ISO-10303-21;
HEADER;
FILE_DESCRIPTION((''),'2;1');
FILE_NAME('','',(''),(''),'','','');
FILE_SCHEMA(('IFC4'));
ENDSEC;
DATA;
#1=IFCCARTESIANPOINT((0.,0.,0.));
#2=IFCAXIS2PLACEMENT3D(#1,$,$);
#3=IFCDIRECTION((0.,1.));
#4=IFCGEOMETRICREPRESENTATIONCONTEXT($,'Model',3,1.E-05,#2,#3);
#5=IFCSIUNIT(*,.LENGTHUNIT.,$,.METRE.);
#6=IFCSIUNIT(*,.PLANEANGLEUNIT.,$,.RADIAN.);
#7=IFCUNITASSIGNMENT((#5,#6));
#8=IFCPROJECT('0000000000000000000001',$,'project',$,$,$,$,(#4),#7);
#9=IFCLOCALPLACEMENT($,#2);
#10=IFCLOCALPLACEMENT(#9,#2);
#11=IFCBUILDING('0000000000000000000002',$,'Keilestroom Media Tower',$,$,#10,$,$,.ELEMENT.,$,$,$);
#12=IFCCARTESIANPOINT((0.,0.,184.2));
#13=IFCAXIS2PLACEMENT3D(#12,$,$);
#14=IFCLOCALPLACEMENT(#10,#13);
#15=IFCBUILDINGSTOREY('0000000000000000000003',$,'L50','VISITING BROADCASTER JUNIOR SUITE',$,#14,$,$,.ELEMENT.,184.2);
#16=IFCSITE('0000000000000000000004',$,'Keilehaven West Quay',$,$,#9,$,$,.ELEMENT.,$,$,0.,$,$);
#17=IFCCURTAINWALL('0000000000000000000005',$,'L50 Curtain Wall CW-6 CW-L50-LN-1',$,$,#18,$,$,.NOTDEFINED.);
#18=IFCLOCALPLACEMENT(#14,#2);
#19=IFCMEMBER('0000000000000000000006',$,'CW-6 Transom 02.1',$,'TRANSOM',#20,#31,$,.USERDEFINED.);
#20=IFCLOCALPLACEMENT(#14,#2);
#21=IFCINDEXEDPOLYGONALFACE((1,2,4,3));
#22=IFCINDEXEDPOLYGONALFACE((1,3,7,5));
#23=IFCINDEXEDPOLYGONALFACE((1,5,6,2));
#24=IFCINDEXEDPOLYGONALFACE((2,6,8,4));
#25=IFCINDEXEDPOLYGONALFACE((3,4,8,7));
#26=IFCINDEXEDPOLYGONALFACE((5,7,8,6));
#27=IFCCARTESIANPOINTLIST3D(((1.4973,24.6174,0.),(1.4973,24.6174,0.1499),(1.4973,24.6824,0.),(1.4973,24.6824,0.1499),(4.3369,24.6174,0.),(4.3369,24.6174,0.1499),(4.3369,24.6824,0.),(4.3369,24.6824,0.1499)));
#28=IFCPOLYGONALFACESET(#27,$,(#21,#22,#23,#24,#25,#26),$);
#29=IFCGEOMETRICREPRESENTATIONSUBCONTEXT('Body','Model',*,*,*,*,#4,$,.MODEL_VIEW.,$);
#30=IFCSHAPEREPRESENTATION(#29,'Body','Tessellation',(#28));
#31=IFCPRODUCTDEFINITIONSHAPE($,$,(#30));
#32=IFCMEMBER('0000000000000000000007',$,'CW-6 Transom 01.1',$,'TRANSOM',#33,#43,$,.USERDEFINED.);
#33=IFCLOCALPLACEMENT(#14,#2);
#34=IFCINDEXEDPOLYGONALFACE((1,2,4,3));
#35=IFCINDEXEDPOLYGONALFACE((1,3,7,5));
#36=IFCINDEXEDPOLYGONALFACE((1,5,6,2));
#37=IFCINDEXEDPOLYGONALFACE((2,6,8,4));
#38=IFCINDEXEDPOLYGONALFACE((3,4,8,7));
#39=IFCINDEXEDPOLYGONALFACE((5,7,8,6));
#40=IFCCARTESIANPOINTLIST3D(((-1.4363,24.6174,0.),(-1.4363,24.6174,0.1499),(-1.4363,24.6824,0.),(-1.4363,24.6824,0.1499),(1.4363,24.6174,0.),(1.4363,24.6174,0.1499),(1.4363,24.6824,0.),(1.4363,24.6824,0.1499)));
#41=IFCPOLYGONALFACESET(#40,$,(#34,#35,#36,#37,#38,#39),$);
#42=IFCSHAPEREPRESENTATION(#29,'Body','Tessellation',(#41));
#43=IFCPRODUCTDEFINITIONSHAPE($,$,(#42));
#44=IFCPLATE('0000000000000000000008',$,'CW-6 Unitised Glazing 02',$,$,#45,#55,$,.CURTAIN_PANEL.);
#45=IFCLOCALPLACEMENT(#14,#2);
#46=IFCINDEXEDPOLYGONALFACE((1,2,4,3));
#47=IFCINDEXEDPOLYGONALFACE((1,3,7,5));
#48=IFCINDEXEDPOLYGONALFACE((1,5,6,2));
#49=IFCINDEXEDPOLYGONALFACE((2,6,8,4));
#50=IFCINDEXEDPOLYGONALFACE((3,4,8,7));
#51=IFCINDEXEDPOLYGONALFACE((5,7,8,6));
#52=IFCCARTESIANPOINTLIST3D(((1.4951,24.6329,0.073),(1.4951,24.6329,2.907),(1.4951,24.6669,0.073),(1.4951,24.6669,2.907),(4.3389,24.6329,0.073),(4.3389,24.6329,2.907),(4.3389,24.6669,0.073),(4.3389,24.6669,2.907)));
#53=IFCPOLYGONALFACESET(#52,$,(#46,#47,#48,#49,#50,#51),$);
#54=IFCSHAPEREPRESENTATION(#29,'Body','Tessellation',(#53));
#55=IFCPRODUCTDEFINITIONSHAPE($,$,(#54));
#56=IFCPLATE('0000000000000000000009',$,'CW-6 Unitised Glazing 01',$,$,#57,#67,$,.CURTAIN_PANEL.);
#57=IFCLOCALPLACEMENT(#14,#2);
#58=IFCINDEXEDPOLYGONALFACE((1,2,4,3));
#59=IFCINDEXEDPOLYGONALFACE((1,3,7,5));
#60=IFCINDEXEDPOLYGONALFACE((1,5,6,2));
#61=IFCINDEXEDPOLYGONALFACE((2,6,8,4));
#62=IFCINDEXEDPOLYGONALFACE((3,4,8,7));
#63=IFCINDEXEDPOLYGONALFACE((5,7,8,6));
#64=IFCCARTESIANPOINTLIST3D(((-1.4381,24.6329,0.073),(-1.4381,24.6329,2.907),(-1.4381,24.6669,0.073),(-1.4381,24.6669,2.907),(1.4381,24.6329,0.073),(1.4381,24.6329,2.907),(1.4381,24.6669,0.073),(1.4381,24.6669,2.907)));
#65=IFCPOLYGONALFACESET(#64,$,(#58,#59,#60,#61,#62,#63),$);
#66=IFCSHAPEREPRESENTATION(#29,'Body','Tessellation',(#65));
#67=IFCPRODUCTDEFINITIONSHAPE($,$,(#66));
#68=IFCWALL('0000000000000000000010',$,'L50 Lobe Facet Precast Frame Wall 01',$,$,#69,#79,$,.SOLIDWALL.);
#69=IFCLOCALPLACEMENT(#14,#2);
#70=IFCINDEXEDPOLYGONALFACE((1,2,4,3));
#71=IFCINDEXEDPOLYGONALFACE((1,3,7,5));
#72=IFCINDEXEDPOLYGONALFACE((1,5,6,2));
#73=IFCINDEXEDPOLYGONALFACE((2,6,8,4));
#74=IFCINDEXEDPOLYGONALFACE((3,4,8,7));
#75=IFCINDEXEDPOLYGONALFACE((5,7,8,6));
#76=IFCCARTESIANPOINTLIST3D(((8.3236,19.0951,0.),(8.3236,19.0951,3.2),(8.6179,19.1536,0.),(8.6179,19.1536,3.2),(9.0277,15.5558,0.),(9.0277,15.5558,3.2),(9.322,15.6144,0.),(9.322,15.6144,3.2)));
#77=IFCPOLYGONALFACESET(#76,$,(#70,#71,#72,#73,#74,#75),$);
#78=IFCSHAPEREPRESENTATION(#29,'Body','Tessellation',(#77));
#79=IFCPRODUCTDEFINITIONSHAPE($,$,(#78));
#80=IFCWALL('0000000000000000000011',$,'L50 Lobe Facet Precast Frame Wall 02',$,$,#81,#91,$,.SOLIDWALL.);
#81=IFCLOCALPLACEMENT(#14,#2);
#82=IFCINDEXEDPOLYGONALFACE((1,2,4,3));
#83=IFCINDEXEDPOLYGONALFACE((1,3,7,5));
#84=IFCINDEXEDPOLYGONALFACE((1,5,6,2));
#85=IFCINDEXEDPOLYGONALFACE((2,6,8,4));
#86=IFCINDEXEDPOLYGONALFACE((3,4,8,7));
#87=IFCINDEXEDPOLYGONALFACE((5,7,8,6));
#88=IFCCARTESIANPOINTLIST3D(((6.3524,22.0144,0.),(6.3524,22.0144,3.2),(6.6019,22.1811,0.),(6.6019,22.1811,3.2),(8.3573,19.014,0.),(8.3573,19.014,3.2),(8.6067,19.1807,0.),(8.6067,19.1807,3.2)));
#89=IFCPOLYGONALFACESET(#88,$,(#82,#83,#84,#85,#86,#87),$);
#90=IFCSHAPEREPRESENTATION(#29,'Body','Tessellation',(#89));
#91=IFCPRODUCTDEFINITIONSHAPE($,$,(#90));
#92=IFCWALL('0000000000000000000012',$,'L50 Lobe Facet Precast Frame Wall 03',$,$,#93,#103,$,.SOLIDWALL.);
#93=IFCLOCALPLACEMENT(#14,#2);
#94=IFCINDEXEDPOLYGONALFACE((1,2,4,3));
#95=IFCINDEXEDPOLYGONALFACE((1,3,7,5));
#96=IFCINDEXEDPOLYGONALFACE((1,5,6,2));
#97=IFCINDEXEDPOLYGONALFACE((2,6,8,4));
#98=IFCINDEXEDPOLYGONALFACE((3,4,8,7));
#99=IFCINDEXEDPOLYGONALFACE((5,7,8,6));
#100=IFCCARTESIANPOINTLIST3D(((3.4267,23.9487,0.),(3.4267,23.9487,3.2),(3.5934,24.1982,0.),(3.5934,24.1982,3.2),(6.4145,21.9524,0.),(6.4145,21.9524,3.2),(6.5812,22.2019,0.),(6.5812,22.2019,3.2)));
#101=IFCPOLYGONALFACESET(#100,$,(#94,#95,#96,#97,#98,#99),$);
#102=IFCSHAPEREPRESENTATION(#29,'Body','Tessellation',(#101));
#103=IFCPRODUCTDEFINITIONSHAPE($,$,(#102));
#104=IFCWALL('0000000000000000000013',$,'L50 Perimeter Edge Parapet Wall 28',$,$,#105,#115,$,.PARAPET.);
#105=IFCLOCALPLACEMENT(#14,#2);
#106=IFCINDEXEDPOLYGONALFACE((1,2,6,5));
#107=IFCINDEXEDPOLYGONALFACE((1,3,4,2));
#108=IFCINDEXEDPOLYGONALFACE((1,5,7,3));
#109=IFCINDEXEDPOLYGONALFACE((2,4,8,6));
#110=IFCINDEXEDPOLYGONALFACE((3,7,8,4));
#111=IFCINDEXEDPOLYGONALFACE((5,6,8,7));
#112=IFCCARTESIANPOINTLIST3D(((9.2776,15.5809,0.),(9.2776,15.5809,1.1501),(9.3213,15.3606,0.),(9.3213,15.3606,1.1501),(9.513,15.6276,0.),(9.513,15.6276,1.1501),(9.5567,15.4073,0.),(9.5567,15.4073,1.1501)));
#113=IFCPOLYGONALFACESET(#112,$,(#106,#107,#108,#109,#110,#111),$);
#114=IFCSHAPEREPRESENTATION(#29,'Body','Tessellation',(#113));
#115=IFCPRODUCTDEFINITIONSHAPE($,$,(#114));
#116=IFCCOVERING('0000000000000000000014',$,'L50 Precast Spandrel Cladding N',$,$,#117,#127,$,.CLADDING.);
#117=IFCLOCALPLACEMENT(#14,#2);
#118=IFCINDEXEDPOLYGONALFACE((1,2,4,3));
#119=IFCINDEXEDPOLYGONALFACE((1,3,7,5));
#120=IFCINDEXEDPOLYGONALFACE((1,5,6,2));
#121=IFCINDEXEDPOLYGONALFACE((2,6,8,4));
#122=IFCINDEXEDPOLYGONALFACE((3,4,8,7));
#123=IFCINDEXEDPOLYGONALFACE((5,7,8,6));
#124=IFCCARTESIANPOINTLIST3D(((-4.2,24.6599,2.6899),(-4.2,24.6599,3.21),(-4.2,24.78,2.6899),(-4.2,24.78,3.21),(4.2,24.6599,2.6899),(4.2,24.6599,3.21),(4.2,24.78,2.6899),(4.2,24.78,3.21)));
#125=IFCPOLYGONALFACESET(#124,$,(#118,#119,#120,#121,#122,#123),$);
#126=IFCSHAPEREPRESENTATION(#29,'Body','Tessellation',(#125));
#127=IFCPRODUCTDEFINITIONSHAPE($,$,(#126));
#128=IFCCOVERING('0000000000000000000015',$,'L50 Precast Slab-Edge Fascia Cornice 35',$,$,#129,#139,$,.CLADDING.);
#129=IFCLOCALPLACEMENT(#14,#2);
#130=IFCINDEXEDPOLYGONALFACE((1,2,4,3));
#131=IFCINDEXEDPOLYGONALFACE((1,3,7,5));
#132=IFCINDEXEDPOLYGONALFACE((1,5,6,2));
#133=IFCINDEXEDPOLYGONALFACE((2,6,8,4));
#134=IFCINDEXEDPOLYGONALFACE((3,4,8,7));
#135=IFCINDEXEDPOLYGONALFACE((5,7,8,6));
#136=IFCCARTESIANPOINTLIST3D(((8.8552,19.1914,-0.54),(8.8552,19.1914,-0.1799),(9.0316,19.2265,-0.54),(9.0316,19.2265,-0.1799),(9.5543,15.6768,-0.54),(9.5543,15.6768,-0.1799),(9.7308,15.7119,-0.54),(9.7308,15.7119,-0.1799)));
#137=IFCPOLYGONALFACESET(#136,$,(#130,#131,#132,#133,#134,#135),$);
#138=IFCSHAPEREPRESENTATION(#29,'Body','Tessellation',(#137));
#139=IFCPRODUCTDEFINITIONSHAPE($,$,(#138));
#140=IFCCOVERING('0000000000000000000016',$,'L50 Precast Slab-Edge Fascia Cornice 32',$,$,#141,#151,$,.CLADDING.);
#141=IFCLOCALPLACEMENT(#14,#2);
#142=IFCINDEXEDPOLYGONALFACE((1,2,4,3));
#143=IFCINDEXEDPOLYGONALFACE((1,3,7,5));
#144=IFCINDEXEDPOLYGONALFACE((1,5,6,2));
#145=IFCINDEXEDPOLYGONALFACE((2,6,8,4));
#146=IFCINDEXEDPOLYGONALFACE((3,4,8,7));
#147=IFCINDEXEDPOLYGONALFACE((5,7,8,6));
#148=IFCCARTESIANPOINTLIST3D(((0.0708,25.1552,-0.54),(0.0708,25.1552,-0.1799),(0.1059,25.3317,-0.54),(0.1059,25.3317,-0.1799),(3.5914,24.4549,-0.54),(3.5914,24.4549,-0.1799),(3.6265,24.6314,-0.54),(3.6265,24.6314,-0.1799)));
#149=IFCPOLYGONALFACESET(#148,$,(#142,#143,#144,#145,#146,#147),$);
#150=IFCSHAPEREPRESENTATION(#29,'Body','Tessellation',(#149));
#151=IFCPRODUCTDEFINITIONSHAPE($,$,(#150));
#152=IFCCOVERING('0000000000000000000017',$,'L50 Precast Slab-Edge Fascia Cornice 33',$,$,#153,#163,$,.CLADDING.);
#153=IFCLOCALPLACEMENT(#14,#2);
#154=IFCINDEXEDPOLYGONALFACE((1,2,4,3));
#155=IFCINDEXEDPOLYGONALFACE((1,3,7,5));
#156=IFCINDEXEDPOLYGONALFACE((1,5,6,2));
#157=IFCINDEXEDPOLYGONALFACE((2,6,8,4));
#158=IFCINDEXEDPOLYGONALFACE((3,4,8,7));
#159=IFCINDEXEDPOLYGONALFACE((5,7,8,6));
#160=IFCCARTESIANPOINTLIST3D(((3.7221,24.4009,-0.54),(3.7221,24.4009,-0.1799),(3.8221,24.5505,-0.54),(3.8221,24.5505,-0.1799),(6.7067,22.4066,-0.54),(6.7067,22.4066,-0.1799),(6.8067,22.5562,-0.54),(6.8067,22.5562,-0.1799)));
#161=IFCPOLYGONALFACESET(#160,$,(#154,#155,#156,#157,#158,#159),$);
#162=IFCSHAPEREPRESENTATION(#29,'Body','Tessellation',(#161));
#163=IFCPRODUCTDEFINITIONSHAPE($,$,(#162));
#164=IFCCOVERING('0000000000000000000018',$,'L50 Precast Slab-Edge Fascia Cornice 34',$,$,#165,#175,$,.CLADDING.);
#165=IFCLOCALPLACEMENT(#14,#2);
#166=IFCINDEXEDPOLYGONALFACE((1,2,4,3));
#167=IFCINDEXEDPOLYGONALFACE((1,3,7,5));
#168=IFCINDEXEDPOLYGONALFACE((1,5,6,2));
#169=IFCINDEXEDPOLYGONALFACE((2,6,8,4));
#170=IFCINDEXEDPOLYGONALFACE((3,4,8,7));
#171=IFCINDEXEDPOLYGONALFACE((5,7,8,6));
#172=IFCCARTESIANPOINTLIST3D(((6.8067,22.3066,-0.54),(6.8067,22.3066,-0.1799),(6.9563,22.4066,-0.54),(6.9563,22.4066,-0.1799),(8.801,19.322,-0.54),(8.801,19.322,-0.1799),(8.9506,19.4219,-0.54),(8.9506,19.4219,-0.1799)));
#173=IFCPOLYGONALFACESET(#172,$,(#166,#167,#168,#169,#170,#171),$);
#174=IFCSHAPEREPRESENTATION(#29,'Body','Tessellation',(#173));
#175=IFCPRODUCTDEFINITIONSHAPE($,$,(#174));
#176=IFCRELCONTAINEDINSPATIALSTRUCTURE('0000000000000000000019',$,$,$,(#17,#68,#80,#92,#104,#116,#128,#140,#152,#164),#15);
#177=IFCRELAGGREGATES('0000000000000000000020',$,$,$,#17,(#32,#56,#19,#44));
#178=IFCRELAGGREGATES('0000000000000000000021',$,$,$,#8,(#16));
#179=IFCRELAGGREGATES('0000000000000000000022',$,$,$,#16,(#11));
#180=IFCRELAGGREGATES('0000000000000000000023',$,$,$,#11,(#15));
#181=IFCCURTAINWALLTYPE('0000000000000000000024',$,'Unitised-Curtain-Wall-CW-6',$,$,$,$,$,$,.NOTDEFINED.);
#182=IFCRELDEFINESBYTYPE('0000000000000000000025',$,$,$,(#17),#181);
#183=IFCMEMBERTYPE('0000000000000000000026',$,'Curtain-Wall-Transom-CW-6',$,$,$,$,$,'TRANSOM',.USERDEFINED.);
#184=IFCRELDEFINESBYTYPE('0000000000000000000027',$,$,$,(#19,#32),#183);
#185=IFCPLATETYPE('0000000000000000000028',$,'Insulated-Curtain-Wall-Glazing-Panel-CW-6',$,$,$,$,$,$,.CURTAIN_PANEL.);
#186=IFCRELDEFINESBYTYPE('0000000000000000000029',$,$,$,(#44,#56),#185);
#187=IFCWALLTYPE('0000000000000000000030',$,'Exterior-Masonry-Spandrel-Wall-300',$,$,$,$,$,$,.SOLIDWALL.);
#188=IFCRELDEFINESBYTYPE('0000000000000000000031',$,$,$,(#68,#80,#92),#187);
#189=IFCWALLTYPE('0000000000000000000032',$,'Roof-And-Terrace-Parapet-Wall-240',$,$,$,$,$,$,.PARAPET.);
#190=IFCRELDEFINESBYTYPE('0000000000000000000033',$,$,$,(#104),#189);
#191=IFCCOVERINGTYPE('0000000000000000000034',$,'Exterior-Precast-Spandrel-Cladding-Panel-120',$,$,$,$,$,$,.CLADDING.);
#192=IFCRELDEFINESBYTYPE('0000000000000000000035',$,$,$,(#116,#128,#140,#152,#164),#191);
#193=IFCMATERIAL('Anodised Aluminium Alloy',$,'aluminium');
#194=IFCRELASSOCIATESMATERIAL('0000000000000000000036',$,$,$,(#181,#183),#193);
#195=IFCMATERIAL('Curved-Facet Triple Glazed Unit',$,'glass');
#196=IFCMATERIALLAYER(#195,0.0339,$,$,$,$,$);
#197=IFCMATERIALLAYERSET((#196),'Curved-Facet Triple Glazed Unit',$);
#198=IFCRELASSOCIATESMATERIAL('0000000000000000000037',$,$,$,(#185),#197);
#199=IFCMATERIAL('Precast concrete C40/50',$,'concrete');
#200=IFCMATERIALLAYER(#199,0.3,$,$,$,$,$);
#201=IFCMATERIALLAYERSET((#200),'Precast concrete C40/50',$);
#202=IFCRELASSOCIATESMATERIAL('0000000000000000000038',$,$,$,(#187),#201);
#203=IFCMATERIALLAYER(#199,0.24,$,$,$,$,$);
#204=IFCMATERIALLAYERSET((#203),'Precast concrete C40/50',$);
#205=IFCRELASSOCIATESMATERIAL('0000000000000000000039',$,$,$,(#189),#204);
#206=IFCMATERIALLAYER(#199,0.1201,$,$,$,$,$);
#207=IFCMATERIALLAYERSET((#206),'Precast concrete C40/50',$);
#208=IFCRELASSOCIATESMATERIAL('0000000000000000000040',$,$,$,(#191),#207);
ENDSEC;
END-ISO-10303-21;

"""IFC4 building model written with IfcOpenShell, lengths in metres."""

from ifc_helpers import new_model, si_unit, direction, frame, frame_2d, origin, origin_2d, place, context, subcontext, project, spatial, rectangle, extrude, source, transform, mapped, material, layer, layer_set, material_profile, profile_set, type_object, element, aggregate, save


model = new_model("IFC4")

# Units and contexts
model_context = context("Model", 3, precision=1e-05, world=origin(), true_north=direction((0.0, 1.0)))
body_context = subcontext(model_context, "Body", "Model", "MODEL_VIEW")
ifc_project = project(units=[si_unit("LENGTHUNIT", "METRE"), si_unit("PLANEANGLEUNIT", "RADIAN")], contexts=[model_context])

# Site, building, storey
site_placement = place(None, origin())
site = spatial("IfcSite", under=ifc_project, at=site_placement, Name="Keilehaven West Quay", CompositionType="ELEMENT", RefElevation=0.0)
building_placement = place(site_placement, origin())
building = spatial("IfcBuilding", under=site, at=building_placement, Name="Keilestroom Media Tower", CompositionType="ELEMENT")
storey_placement = place(building_placement, frame((0.0, 0.0, 184.2)))
storey = spatial("IfcBuildingStorey", under=building, at=storey_placement, Name="L50", Description="VISITING BROADCASTER JUNIOR SUITE", CompositionType="ELEMENT", Elevation=184.2)

# Curtain wall, members, plates
ifc_material_1 = material(Name="Anodised Aluminium Alloy", Category="aluminium")
curtain_wall_type = type_object("IfcCurtainWallType", Name="Unitised-Curtain-Wall-CW-6", PredefinedType="NOTDEFINED", material=ifc_material_1)
curtain_wall_placement = place(storey_placement, origin())
curtain_wall = element("IfcCurtainWall", 1, at=curtain_wall_placement, inside=storey, type_object=curtain_wall_type, Name="L50 Curtain Wall CW-6 CW-L50-LN-1", PredefinedType="NOTDEFINED")
ifc_material_profile_1 = material_profile(ifc_material_1, rectangle(XDim=0.0649, YDim=0.1499, at=origin_2d()), Name="ALU TRANSOM 65x150")
ifc_profile_set_1 = profile_set([ifc_material_profile_1], Name="Anodised Aluminium Alloy")
member_type_1 = type_object("IfcMemberType", Name="Curtain-Wall-Transom-CW-6", ElementType="TRANSOM", PredefinedType="USERDEFINED", material=ifc_profile_set_1)
shared_shape_1 = source(origin(), body_context, "Body", "SweptSolid", [
    extrude(rectangle(XDim=0.0649, YDim=0.1499, at=origin_2d()), origin(), (0.0, 0.0, 1.0), 2.8396),
])
member_1_placement = place(storey_placement, frame((1.4973, 24.6499, 0.075), z_axis=(1.0, 0.0, 0.0), x_axis=(0.0, 1.0, 0.0)))
member_1 = element("IfcMember", 2, at=member_1_placement, type_object=member_type_1, Name="CW-6 Transom 02.1", ObjectType="TRANSOM", PredefinedType="USERDEFINED", context=body_context, shape_type="MappedRepresentation", body=[
    mapped(shared_shape_1, transform((0.0, 0.0, 0.0), x_axis=(1.0, 0.0, 0.0), y_axis=(0.0, 1.0, 0.0), z_axis=(0.0, 0.0, 1.0), scale=1.0)),
])
shared_shape_2 = source(origin(), body_context, "Body", "SweptSolid", [
    extrude(rectangle(XDim=0.0649, YDim=0.1499, at=origin_2d()), origin(), (0.0, 0.0, 1.0), 2.8726),
])
member_2_placement = place(storey_placement, frame((-1.4363, 24.6499, 0.075), z_axis=(1.0, 0.0, 0.0), x_axis=(0.0, 1.0, 0.0)))
member_2 = element("IfcMember", 3, at=member_2_placement, type_object=member_type_1, Name="CW-6 Transom 01.1", ObjectType="TRANSOM", PredefinedType="USERDEFINED", context=body_context, shape_type="MappedRepresentation", body=[
    mapped(shared_shape_2, transform((0.0, 0.0, 0.0), x_axis=(1.0, 0.0, 0.0), y_axis=(0.0, 1.0, 0.0), z_axis=(0.0, 0.0, 1.0), scale=1.0)),
])
ifc_material_2 = material(Name="Curved-Facet Triple Glazed Unit", Category="glass")
ifc_layer_1 = layer(ifc_material_2, 0.0339)
ifc_layer_set_1 = layer_set([ifc_layer_1], Name="Curved-Facet Triple Glazed Unit")
plate_type = type_object("IfcPlateType", Name="Insulated-Curtain-Wall-Glazing-Panel-CW-6", PredefinedType="CURTAIN_PANEL", material=ifc_layer_set_1)
shared_shape_3 = source(origin(), body_context, "Body", "SweptSolid", [
    extrude(rectangle(XDim=2.8438, YDim=0.0339, at=origin_2d()), origin(), (0.0, 0.0, 1.0), 2.834),
])
plate_1_placement = place(storey_placement, frame((2.917, 24.6499, 0.073), z_axis=(0.0, 0.0, 1.0), x_axis=(1.0, 0.0, 0.0)))
plate_1 = element("IfcPlate", 4, at=plate_1_placement, type_object=plate_type, Name="CW-6 Unitised Glazing 02", PredefinedType="CURTAIN_PANEL", context=body_context, shape_type="MappedRepresentation", body=[
    mapped(shared_shape_3, transform((0.0, 0.0, 0.0), x_axis=(1.0, 0.0, 0.0), y_axis=(0.0, 1.0, 0.0), z_axis=(0.0, 0.0, 1.0), scale=1.0)),
])
shared_shape_4 = source(origin(), body_context, "Body", "SweptSolid", [
    extrude(rectangle(XDim=2.8762, YDim=0.0339, at=origin_2d()), origin(), (0.0, 0.0, 1.0), 2.834),
])
plate_2_placement = place(storey_placement, frame((0.0, 24.6499, 0.073), z_axis=(0.0, 0.0, 1.0), x_axis=(1.0, 0.0, 0.0)))
plate_2 = element("IfcPlate", 5, at=plate_2_placement, type_object=plate_type, Name="CW-6 Unitised Glazing 01", PredefinedType="CURTAIN_PANEL", context=body_context, shape_type="MappedRepresentation", body=[
    mapped(shared_shape_4, transform((0.0, 0.0, 0.0), x_axis=(1.0, 0.0, 0.0), y_axis=(0.0, 1.0, 0.0), z_axis=(0.0, 0.0, 1.0), scale=1.0)),
])
aggregate(curtain_wall, [member_2, plate_2, member_1, plate_1])

# Walls
ifc_material_3 = material(Name="Precast concrete C40/50", Category="concrete")
ifc_layer_2 = layer(ifc_material_3, 0.3)
ifc_layer_set_2 = layer_set([ifc_layer_2], Name="Precast concrete C40/50")
wall_type_1 = type_object("IfcWallType", Name="Exterior-Masonry-Spandrel-Wall-300", PredefinedType="SOLIDWALL", material=ifc_layer_set_2)
for number, where, z_axis, x_axis, name in (
    (6, (9.1748, 15.5852, 0.0), (0.0, 0.0, 1.0), (-0.195114, 0.980781, 0.0), "L50 Lobe Facet Precast Frame Wall 01"),
    (7, (8.4819, 19.0974, 0.0), (0.0, 0.0, 1.0), (-0.555574, 0.831467, 0.0), "L50 Lobe Facet Precast Frame Wall 02"),
):
    element("IfcWall", number, at=place(storey_placement, frame(where, z_axis=z_axis, x_axis=x_axis)), inside=storey, type_object=wall_type_1, Name=name, PredefinedType="SOLIDWALL", context=body_context, shape_type="SweptSolid", body=[
        extrude(rectangle(XDim=3.6086, YDim=0.3, at=frame_2d((1.8042, 0.0))), origin(), (0.0, 0.0, 1.0), 3.2),
    ])
wall_1_placement = place(storey_placement, frame((6.4978, 22.0771, 0.0), z_axis=(0.0, 0.0, 1.0), x_axis=(-0.831475, 0.555562, 0.0)))
element("IfcWall", 8, at=wall_1_placement, inside=storey, type_object=wall_type_1, Name="L50 Lobe Facet Precast Frame Wall 03", PredefinedType="SOLIDWALL", context=body_context, shape_type="SweptSolid", body=[
    extrude(rectangle(XDim=3.5933, YDim=0.3, at=frame_2d((1.7966, 0.0))), origin(), (0.0, 0.0, 1.0), 3.2),
])
ifc_layer_3 = layer(ifc_material_3, 0.24)
ifc_layer_set_3 = layer_set([ifc_layer_3], Name="Precast concrete C40/50")
wall_type_2 = type_object("IfcWallType", Name="Roof-And-Terrace-Parapet-Wall-240", PredefinedType="PARAPET", material=ifc_layer_set_3)
wall_2_placement = place(storey_placement, frame((9.3953, 15.6042, 0.0), z_axis=(0.0, 0.0, 1.0), x_axis=(0.194652, -0.980872, 0.0)))
element("IfcWall", 9, at=wall_2_placement, inside=storey, type_object=wall_type_2, Name="L50 Perimeter Edge Parapet Wall 28", PredefinedType="PARAPET", context=body_context, shape_type="SweptSolid", body=[
    extrude(rectangle(XDim=0.2246, YDim=0.24, at=frame_2d((0.1123, 0.0))), origin(), (0.0, 0.0, 1.0), 1.1501),
])

# Coverings
ifc_layer_4 = layer(ifc_material_3, 0.1201)
ifc_layer_set_4 = layer_set([ifc_layer_4], Name="Precast concrete C40/50")
covering_type = type_object("IfcCoveringType", Name="Exterior-Precast-Spandrel-Cladding-Panel-120", PredefinedType="CLADDING", material=ifc_layer_set_4)
shared_shape_5 = source(origin(), body_context, "Body", "SweptSolid", [
    extrude(rectangle(XDim=8.3999, YDim=0.1201, at=origin_2d()), origin(), (0.0, 0.0, 1.0), 0.52),
])
covering_1_placement = place(storey_placement, frame((0.0, 24.72, 2.6899), z_axis=(0.0, 0.0, 1.0), x_axis=(1.0, 0.0, 0.0)))
element("IfcCovering", 10, at=covering_1_placement, inside=storey, type_object=covering_type, Name="L50 Precast Spandrel Cladding N", PredefinedType="CLADDING", context=body_context, shape_type="MappedRepresentation", body=[
    mapped(shared_shape_5, transform((0.0, 0.0, 0.0), x_axis=(1.0, 0.0, 0.0), y_axis=(0.0, 1.0, 0.0), z_axis=(0.0, 0.0, 1.0), scale=1.0)),
])
shared_shape_6 = source(origin(), body_context, "Body", "SweptSolid", [
    extrude(rectangle(XDim=3.5835, YDim=0.1799, at=origin_2d()), origin(), (0.0, 0.0, 1.0), 0.3601),
])
covering_2_placement = place(storey_placement, frame((9.293, 17.4517, -0.54), z_axis=(0.0, 0.0, 1.0), x_axis=(0.195099, -0.980784, 0.0)))
element("IfcCovering", 11, at=covering_2_placement, inside=storey, type_object=covering_type, Name="L50 Precast Slab-Edge Fascia Cornice 35", PredefinedType="CLADDING", context=body_context, shape_type="MappedRepresentation", body=[
    mapped(shared_shape_6, transform((0.0, 0.0, 0.0), x_axis=(1.0, 0.0, 0.0), y_axis=(0.0, 1.0, 0.0), z_axis=(0.0, 0.0, 1.0), scale=1.0)),
])
shared_shape_7 = source(origin(), body_context, "Body", "SweptSolid", [
    extrude(rectangle(XDim=3.5896, YDim=0.1799, at=origin_2d()), origin(), (0.0, 0.0, 1.0), 0.3601),
])
for number, where, z_axis, x_axis, name in (
    (12, (1.8486, 24.8933, -0.54), (0.0, 0.0, 1.0), (0.980784, -0.195099, 0.0), "L50 Precast Slab-Edge Fascia Cornice 32"),
    (13, (5.2644, 23.4785, -0.54), (0.0, 0.0, 1.0), (0.831467, -0.555575, 0.0), "L50 Precast Slab-Edge Fascia Cornice 33"),
    (14, (7.8787, 20.8643, -0.54), (0.0, 0.0, 1.0), (0.555575, -0.831467, 0.0), "L50 Precast Slab-Edge Fascia Cornice 34"),
):
    element("IfcCovering", number, at=place(storey_placement, frame(where, z_axis=z_axis, x_axis=x_axis)), inside=storey, type_object=covering_type, Name=name, PredefinedType="CLADDING", context=body_context, shape_type="MappedRepresentation", body=[
        mapped(shared_shape_7, transform((0.0, 0.0, 0.0), x_axis=(1.0, 0.0, 0.0), y_axis=(0.0, 1.0, 0.0), z_axis=(0.0, 0.0, 1.0), scale=1.0)),
    ])

save(model, "model.ifc")
